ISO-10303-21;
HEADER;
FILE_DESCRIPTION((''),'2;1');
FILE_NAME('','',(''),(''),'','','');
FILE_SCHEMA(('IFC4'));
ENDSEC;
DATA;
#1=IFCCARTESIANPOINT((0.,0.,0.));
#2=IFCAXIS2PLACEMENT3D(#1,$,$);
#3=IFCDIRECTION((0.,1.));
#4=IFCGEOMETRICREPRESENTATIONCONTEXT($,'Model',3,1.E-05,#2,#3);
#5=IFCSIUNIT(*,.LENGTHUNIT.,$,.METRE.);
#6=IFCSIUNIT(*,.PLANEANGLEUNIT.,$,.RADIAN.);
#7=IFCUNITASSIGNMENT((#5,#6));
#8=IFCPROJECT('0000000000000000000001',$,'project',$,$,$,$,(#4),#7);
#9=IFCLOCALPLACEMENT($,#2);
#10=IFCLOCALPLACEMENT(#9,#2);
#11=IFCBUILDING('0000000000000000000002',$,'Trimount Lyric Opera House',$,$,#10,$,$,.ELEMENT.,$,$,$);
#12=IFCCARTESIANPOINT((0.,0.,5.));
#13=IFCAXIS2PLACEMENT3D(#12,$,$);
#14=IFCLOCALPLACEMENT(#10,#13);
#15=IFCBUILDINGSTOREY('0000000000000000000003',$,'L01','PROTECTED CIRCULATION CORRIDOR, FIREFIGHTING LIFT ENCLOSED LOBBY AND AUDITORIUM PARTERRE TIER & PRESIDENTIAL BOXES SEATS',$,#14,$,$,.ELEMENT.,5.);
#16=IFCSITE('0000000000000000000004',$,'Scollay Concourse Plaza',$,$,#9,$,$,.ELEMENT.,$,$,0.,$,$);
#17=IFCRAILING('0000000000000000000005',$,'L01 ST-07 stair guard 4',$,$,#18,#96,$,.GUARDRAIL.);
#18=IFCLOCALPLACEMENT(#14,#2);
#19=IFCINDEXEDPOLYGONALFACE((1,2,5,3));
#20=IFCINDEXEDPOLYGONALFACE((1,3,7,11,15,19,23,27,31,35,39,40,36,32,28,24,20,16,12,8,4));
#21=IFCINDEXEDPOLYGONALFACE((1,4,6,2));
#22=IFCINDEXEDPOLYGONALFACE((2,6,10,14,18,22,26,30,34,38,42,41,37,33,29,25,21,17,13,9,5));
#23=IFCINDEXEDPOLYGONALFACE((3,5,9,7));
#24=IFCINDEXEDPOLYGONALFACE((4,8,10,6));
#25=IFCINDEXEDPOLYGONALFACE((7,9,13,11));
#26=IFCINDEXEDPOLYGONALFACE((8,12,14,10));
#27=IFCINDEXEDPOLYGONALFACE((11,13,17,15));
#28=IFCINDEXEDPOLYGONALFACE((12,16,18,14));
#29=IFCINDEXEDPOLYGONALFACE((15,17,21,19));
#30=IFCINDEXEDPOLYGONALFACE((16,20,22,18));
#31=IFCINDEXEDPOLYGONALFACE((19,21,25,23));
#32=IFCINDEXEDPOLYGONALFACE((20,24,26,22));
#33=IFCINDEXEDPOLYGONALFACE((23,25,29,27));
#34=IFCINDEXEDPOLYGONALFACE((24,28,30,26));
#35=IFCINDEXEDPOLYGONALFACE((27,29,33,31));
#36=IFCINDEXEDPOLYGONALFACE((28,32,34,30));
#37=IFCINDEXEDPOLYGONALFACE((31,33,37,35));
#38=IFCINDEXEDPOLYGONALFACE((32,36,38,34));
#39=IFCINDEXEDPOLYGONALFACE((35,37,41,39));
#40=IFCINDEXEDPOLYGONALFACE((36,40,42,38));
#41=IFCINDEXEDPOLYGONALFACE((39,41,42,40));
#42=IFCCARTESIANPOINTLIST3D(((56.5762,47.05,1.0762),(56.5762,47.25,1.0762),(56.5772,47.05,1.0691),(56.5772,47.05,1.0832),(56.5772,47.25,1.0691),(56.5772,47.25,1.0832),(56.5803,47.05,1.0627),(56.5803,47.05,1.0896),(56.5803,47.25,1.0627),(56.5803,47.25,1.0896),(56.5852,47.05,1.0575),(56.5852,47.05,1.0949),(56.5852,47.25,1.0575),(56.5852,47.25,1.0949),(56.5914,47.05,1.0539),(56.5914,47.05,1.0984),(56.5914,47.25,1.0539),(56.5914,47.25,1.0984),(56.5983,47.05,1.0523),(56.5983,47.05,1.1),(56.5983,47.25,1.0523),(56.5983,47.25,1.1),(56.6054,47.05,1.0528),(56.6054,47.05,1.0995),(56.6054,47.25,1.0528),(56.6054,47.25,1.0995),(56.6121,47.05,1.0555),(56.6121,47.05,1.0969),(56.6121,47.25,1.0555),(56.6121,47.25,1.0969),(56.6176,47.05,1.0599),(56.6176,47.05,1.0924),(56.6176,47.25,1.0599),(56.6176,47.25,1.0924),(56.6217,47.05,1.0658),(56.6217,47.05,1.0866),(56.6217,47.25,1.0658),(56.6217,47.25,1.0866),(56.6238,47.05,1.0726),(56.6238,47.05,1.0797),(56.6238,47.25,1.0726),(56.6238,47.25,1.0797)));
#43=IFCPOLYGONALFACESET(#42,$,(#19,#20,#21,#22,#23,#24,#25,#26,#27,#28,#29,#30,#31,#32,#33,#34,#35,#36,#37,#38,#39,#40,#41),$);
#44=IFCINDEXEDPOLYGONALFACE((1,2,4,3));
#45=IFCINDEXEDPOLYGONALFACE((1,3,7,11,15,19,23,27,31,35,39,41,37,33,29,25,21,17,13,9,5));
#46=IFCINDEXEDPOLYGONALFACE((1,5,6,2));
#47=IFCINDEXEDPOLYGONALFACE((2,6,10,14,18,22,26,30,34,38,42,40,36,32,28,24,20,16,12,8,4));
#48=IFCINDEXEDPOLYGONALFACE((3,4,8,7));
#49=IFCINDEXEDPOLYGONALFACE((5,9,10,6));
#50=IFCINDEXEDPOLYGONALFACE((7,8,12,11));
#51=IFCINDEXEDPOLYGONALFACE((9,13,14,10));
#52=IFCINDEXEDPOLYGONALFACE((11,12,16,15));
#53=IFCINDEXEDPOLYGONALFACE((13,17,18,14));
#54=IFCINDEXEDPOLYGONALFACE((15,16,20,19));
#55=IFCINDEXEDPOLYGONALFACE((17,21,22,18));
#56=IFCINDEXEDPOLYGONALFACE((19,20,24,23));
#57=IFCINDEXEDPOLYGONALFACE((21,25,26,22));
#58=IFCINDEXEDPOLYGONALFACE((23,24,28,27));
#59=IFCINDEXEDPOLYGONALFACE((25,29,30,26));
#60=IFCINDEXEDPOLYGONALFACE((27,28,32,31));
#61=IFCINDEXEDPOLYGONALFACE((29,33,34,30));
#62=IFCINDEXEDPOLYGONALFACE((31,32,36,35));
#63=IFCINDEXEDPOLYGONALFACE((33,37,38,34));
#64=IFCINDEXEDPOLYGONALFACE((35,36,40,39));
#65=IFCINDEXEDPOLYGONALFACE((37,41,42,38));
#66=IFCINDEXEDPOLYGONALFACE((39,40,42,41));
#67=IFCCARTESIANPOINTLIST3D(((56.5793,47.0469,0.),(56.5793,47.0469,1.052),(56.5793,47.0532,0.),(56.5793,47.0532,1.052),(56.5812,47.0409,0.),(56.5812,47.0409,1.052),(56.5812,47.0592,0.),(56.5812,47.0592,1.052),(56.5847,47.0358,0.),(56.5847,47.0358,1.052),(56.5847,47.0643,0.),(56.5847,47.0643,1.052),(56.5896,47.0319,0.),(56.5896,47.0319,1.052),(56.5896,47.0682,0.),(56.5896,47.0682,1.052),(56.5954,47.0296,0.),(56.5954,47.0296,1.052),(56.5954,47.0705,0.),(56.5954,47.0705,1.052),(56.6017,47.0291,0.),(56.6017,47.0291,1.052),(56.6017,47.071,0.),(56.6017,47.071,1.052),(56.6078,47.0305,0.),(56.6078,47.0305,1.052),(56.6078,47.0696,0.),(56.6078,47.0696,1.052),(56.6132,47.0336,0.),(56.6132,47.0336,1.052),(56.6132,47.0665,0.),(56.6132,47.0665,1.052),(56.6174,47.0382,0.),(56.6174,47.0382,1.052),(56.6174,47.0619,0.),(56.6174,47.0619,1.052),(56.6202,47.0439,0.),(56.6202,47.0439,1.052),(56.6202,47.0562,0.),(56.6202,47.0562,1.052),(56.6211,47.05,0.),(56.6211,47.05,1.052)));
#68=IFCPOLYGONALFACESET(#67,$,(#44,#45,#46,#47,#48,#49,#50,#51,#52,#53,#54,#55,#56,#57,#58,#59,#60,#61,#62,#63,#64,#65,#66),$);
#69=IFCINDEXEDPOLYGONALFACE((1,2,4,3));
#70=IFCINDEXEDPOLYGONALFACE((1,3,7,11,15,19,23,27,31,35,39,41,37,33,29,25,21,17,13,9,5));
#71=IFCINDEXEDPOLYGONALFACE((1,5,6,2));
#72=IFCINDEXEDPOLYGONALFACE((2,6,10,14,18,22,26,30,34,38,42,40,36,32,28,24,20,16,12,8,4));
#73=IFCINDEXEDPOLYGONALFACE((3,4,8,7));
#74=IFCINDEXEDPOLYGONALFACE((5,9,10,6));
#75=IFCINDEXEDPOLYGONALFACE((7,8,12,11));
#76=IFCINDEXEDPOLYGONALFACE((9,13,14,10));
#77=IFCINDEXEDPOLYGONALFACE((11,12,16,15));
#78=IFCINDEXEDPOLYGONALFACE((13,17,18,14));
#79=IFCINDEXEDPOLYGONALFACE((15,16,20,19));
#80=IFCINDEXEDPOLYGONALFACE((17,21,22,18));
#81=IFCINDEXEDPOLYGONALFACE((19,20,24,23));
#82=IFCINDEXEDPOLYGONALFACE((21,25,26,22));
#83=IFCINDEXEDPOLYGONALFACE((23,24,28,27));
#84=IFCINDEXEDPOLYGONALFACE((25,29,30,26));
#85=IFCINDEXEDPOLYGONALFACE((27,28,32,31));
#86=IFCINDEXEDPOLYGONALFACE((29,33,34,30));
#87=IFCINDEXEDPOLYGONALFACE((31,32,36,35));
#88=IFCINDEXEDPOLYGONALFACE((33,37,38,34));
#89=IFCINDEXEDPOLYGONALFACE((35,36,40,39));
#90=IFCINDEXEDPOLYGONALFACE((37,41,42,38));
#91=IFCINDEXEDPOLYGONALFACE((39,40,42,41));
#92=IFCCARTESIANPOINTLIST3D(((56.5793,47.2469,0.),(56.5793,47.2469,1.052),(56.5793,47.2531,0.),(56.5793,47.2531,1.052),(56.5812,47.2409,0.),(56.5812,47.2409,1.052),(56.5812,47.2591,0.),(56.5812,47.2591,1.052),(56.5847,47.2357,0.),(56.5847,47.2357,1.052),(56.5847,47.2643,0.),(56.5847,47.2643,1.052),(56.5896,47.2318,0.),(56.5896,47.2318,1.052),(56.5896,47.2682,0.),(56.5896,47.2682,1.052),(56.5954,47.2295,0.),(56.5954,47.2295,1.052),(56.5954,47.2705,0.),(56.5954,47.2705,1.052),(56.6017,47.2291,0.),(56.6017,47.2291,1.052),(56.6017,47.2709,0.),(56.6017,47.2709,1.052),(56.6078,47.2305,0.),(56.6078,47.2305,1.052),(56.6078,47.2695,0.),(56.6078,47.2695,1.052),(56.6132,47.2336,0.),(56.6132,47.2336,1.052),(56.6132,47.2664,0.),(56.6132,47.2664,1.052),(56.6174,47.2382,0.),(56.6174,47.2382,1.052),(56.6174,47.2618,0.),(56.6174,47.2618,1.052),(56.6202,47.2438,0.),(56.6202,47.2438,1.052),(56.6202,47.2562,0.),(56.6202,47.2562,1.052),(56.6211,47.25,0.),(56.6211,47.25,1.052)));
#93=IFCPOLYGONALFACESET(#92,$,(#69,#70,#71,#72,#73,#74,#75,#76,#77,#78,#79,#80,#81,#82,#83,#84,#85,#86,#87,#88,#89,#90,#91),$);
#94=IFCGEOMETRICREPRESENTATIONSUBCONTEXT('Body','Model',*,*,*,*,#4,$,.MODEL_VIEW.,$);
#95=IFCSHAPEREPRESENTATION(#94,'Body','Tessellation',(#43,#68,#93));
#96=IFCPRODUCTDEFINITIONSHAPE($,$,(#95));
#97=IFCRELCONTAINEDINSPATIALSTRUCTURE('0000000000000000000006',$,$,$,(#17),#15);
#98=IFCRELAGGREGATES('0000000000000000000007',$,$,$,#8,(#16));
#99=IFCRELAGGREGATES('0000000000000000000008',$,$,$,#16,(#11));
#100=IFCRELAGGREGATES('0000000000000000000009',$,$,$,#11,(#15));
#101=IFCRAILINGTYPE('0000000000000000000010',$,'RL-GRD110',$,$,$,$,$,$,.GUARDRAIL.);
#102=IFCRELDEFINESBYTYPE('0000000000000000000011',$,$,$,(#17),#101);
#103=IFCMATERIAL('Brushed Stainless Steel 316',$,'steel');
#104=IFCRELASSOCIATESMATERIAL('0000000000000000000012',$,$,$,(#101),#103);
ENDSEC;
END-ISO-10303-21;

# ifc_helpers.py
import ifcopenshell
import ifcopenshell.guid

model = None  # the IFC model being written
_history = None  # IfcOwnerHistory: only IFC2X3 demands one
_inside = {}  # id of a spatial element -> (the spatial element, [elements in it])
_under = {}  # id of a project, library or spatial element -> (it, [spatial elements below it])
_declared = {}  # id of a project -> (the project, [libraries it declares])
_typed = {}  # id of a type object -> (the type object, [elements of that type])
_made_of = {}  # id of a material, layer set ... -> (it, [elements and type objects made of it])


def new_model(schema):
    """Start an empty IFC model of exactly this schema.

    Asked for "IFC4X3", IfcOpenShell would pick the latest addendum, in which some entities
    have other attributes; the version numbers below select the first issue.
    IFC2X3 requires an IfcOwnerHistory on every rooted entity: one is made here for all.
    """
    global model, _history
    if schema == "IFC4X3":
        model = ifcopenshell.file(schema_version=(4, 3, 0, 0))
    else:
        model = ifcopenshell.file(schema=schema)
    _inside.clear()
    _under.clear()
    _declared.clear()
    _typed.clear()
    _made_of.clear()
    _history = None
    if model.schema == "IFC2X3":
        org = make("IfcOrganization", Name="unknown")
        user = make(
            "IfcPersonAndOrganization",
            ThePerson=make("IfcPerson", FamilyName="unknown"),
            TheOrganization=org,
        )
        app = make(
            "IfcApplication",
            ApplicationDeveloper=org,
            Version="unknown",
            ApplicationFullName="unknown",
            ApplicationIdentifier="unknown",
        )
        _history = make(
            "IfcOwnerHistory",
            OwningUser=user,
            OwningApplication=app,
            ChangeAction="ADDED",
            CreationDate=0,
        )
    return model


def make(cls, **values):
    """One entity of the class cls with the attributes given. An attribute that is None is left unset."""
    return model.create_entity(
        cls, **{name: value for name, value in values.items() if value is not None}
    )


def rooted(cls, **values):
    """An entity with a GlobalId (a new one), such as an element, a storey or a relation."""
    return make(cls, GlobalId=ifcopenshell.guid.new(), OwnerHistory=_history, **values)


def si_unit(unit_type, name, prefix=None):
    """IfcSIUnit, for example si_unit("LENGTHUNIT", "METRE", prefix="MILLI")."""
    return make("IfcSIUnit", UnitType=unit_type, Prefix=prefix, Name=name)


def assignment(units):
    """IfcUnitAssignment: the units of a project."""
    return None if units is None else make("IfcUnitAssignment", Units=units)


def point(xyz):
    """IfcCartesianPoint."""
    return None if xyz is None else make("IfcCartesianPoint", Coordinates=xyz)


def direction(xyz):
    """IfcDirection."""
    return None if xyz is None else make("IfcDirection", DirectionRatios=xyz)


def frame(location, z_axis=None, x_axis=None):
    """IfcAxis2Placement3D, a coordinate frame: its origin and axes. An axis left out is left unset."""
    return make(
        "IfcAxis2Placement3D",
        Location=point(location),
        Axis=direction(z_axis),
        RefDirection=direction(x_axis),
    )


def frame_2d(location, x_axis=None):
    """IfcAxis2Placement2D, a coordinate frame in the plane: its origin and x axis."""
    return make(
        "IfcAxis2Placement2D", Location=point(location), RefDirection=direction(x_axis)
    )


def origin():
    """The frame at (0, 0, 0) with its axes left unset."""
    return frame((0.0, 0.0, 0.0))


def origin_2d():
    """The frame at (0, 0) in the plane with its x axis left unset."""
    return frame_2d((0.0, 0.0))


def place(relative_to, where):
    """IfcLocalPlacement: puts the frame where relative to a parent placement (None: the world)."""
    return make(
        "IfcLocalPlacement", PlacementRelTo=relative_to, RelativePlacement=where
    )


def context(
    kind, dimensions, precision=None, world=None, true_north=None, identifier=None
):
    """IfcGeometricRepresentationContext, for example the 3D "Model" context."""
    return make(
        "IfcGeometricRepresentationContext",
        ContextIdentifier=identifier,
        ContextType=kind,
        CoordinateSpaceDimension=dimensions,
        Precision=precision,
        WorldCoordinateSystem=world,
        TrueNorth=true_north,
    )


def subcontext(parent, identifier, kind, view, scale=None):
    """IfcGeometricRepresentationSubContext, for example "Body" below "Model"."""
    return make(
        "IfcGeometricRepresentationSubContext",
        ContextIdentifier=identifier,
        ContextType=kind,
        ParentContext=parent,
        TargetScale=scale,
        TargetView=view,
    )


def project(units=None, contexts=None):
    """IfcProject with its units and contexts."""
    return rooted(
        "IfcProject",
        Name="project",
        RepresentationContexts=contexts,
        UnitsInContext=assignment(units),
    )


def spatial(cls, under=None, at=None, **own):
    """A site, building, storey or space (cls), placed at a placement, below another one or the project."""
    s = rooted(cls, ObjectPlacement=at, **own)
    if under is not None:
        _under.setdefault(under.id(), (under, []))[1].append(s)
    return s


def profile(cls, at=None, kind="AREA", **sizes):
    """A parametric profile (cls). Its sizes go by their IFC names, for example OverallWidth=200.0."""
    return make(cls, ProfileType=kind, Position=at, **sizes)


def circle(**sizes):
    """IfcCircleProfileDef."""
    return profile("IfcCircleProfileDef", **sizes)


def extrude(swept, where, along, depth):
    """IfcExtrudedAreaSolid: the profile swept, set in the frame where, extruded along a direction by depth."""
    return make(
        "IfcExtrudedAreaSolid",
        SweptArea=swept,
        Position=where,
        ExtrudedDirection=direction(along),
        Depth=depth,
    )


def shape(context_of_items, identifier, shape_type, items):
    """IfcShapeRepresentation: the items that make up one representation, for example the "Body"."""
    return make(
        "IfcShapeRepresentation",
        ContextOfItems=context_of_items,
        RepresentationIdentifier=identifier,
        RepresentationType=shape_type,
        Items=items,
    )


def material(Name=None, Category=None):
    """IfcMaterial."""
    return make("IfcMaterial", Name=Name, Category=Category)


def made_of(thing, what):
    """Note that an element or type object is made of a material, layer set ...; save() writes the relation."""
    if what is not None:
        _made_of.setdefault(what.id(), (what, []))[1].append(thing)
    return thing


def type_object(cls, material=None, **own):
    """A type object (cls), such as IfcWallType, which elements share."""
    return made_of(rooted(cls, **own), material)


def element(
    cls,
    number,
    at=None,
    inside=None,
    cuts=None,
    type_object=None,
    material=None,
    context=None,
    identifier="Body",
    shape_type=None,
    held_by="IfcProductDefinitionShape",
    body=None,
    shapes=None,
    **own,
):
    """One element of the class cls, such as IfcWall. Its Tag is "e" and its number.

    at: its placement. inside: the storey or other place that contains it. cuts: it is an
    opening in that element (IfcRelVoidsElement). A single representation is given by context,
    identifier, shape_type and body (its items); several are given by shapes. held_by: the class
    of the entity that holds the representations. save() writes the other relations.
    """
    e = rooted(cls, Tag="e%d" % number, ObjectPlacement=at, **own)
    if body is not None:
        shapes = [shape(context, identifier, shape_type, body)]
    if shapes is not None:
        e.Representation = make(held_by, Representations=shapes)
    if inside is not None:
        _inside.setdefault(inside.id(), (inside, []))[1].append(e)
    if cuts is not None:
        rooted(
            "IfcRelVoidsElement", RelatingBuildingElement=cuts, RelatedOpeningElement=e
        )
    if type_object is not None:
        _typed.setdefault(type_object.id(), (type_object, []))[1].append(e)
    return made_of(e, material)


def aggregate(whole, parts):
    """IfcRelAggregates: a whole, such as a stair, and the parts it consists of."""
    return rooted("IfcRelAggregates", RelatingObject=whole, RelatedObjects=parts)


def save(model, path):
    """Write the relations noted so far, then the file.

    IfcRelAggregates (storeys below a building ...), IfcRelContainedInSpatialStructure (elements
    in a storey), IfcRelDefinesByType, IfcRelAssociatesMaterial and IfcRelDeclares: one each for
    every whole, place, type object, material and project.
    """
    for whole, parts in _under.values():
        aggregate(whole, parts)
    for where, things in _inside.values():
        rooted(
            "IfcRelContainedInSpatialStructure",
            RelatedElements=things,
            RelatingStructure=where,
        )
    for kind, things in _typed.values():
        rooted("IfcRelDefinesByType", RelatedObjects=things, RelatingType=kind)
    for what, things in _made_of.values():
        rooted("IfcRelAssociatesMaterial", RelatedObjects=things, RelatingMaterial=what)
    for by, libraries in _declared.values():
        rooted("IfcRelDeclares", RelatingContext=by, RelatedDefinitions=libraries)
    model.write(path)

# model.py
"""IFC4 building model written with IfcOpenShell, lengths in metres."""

from ifc_helpers import new_model, si_unit, direction, frame, origin, origin_2d, place, context, subcontext, project, spatial, circle, extrude, material, type_object, element, save


model = new_model("IFC4")

# Units and contexts
model_context = context("Model", 3, precision=1e-05, world=origin(), true_north=direction((0.0, 1.0)))
body_context = subcontext(model_context, "Body", "Model", "MODEL_VIEW")
ifc_project = project(units=[si_unit("LENGTHUNIT", "METRE"), si_unit("PLANEANGLEUNIT", "RADIAN")], contexts=[model_context])

# Site, building, storey
site_placement = place(None, origin())
site = spatial("IfcSite", under=ifc_project, at=site_placement, Name="Scollay Concourse Plaza", CompositionType="ELEMENT", RefElevation=0.0)
building_placement = place(site_placement, origin())
building = spatial("IfcBuilding", under=site, at=building_placement, Name="Trimount Lyric Opera House", CompositionType="ELEMENT")
storey_placement = place(building_placement, frame((0.0, 0.0, 5.0)))
storey = spatial("IfcBuildingStorey", under=building, at=storey_placement, Name="L01", Description="PROTECTED CIRCULATION CORRIDOR, FIREFIGHTING LIFT ENCLOSED LOBBY AND AUDITORIUM PARTERRE TIER & PRESIDENTIAL BOXES SEATS", CompositionType="ELEMENT", Elevation=5.0)

# Railing
ifc_material_1 = material(Name="Brushed Stainless Steel 316", Category="steel")
railing_type_1 = type_object("IfcRailingType", Name="RL-GRD110", PredefinedType="GUARDRAIL", material=ifc_material_1)
railing_1_placement = place(storey_placement, frame((56.6001, 47.05, 0.0)))
element("IfcRailing", 1, at=railing_1_placement, inside=storey, type_object=railing_type_1, Name="L01 ST-07 stair guard 4", PredefinedType="GUARDRAIL", context=body_context, shape_type="SweptSolid", body=[
    extrude(circle(Radius=0.0239, at=origin_2d()), frame((0.0, 0.0, 1.0762), z_axis=(0.0, 1.0, 0.0), x_axis=(-1.0, 0.0, 0.0)), (0.0, 0.0, 1.0), 0.2),
    extrude(circle(Radius=0.021, at=origin_2d()), origin(), (0.0, 0.0, 1.0), 1.052),
    extrude(circle(Radius=0.021, at=origin_2d()), frame((0.0, 0.2, 0.0)), (0.0, 0.0, 1.0), 1.052),
])

save(model, "model.ifc")
